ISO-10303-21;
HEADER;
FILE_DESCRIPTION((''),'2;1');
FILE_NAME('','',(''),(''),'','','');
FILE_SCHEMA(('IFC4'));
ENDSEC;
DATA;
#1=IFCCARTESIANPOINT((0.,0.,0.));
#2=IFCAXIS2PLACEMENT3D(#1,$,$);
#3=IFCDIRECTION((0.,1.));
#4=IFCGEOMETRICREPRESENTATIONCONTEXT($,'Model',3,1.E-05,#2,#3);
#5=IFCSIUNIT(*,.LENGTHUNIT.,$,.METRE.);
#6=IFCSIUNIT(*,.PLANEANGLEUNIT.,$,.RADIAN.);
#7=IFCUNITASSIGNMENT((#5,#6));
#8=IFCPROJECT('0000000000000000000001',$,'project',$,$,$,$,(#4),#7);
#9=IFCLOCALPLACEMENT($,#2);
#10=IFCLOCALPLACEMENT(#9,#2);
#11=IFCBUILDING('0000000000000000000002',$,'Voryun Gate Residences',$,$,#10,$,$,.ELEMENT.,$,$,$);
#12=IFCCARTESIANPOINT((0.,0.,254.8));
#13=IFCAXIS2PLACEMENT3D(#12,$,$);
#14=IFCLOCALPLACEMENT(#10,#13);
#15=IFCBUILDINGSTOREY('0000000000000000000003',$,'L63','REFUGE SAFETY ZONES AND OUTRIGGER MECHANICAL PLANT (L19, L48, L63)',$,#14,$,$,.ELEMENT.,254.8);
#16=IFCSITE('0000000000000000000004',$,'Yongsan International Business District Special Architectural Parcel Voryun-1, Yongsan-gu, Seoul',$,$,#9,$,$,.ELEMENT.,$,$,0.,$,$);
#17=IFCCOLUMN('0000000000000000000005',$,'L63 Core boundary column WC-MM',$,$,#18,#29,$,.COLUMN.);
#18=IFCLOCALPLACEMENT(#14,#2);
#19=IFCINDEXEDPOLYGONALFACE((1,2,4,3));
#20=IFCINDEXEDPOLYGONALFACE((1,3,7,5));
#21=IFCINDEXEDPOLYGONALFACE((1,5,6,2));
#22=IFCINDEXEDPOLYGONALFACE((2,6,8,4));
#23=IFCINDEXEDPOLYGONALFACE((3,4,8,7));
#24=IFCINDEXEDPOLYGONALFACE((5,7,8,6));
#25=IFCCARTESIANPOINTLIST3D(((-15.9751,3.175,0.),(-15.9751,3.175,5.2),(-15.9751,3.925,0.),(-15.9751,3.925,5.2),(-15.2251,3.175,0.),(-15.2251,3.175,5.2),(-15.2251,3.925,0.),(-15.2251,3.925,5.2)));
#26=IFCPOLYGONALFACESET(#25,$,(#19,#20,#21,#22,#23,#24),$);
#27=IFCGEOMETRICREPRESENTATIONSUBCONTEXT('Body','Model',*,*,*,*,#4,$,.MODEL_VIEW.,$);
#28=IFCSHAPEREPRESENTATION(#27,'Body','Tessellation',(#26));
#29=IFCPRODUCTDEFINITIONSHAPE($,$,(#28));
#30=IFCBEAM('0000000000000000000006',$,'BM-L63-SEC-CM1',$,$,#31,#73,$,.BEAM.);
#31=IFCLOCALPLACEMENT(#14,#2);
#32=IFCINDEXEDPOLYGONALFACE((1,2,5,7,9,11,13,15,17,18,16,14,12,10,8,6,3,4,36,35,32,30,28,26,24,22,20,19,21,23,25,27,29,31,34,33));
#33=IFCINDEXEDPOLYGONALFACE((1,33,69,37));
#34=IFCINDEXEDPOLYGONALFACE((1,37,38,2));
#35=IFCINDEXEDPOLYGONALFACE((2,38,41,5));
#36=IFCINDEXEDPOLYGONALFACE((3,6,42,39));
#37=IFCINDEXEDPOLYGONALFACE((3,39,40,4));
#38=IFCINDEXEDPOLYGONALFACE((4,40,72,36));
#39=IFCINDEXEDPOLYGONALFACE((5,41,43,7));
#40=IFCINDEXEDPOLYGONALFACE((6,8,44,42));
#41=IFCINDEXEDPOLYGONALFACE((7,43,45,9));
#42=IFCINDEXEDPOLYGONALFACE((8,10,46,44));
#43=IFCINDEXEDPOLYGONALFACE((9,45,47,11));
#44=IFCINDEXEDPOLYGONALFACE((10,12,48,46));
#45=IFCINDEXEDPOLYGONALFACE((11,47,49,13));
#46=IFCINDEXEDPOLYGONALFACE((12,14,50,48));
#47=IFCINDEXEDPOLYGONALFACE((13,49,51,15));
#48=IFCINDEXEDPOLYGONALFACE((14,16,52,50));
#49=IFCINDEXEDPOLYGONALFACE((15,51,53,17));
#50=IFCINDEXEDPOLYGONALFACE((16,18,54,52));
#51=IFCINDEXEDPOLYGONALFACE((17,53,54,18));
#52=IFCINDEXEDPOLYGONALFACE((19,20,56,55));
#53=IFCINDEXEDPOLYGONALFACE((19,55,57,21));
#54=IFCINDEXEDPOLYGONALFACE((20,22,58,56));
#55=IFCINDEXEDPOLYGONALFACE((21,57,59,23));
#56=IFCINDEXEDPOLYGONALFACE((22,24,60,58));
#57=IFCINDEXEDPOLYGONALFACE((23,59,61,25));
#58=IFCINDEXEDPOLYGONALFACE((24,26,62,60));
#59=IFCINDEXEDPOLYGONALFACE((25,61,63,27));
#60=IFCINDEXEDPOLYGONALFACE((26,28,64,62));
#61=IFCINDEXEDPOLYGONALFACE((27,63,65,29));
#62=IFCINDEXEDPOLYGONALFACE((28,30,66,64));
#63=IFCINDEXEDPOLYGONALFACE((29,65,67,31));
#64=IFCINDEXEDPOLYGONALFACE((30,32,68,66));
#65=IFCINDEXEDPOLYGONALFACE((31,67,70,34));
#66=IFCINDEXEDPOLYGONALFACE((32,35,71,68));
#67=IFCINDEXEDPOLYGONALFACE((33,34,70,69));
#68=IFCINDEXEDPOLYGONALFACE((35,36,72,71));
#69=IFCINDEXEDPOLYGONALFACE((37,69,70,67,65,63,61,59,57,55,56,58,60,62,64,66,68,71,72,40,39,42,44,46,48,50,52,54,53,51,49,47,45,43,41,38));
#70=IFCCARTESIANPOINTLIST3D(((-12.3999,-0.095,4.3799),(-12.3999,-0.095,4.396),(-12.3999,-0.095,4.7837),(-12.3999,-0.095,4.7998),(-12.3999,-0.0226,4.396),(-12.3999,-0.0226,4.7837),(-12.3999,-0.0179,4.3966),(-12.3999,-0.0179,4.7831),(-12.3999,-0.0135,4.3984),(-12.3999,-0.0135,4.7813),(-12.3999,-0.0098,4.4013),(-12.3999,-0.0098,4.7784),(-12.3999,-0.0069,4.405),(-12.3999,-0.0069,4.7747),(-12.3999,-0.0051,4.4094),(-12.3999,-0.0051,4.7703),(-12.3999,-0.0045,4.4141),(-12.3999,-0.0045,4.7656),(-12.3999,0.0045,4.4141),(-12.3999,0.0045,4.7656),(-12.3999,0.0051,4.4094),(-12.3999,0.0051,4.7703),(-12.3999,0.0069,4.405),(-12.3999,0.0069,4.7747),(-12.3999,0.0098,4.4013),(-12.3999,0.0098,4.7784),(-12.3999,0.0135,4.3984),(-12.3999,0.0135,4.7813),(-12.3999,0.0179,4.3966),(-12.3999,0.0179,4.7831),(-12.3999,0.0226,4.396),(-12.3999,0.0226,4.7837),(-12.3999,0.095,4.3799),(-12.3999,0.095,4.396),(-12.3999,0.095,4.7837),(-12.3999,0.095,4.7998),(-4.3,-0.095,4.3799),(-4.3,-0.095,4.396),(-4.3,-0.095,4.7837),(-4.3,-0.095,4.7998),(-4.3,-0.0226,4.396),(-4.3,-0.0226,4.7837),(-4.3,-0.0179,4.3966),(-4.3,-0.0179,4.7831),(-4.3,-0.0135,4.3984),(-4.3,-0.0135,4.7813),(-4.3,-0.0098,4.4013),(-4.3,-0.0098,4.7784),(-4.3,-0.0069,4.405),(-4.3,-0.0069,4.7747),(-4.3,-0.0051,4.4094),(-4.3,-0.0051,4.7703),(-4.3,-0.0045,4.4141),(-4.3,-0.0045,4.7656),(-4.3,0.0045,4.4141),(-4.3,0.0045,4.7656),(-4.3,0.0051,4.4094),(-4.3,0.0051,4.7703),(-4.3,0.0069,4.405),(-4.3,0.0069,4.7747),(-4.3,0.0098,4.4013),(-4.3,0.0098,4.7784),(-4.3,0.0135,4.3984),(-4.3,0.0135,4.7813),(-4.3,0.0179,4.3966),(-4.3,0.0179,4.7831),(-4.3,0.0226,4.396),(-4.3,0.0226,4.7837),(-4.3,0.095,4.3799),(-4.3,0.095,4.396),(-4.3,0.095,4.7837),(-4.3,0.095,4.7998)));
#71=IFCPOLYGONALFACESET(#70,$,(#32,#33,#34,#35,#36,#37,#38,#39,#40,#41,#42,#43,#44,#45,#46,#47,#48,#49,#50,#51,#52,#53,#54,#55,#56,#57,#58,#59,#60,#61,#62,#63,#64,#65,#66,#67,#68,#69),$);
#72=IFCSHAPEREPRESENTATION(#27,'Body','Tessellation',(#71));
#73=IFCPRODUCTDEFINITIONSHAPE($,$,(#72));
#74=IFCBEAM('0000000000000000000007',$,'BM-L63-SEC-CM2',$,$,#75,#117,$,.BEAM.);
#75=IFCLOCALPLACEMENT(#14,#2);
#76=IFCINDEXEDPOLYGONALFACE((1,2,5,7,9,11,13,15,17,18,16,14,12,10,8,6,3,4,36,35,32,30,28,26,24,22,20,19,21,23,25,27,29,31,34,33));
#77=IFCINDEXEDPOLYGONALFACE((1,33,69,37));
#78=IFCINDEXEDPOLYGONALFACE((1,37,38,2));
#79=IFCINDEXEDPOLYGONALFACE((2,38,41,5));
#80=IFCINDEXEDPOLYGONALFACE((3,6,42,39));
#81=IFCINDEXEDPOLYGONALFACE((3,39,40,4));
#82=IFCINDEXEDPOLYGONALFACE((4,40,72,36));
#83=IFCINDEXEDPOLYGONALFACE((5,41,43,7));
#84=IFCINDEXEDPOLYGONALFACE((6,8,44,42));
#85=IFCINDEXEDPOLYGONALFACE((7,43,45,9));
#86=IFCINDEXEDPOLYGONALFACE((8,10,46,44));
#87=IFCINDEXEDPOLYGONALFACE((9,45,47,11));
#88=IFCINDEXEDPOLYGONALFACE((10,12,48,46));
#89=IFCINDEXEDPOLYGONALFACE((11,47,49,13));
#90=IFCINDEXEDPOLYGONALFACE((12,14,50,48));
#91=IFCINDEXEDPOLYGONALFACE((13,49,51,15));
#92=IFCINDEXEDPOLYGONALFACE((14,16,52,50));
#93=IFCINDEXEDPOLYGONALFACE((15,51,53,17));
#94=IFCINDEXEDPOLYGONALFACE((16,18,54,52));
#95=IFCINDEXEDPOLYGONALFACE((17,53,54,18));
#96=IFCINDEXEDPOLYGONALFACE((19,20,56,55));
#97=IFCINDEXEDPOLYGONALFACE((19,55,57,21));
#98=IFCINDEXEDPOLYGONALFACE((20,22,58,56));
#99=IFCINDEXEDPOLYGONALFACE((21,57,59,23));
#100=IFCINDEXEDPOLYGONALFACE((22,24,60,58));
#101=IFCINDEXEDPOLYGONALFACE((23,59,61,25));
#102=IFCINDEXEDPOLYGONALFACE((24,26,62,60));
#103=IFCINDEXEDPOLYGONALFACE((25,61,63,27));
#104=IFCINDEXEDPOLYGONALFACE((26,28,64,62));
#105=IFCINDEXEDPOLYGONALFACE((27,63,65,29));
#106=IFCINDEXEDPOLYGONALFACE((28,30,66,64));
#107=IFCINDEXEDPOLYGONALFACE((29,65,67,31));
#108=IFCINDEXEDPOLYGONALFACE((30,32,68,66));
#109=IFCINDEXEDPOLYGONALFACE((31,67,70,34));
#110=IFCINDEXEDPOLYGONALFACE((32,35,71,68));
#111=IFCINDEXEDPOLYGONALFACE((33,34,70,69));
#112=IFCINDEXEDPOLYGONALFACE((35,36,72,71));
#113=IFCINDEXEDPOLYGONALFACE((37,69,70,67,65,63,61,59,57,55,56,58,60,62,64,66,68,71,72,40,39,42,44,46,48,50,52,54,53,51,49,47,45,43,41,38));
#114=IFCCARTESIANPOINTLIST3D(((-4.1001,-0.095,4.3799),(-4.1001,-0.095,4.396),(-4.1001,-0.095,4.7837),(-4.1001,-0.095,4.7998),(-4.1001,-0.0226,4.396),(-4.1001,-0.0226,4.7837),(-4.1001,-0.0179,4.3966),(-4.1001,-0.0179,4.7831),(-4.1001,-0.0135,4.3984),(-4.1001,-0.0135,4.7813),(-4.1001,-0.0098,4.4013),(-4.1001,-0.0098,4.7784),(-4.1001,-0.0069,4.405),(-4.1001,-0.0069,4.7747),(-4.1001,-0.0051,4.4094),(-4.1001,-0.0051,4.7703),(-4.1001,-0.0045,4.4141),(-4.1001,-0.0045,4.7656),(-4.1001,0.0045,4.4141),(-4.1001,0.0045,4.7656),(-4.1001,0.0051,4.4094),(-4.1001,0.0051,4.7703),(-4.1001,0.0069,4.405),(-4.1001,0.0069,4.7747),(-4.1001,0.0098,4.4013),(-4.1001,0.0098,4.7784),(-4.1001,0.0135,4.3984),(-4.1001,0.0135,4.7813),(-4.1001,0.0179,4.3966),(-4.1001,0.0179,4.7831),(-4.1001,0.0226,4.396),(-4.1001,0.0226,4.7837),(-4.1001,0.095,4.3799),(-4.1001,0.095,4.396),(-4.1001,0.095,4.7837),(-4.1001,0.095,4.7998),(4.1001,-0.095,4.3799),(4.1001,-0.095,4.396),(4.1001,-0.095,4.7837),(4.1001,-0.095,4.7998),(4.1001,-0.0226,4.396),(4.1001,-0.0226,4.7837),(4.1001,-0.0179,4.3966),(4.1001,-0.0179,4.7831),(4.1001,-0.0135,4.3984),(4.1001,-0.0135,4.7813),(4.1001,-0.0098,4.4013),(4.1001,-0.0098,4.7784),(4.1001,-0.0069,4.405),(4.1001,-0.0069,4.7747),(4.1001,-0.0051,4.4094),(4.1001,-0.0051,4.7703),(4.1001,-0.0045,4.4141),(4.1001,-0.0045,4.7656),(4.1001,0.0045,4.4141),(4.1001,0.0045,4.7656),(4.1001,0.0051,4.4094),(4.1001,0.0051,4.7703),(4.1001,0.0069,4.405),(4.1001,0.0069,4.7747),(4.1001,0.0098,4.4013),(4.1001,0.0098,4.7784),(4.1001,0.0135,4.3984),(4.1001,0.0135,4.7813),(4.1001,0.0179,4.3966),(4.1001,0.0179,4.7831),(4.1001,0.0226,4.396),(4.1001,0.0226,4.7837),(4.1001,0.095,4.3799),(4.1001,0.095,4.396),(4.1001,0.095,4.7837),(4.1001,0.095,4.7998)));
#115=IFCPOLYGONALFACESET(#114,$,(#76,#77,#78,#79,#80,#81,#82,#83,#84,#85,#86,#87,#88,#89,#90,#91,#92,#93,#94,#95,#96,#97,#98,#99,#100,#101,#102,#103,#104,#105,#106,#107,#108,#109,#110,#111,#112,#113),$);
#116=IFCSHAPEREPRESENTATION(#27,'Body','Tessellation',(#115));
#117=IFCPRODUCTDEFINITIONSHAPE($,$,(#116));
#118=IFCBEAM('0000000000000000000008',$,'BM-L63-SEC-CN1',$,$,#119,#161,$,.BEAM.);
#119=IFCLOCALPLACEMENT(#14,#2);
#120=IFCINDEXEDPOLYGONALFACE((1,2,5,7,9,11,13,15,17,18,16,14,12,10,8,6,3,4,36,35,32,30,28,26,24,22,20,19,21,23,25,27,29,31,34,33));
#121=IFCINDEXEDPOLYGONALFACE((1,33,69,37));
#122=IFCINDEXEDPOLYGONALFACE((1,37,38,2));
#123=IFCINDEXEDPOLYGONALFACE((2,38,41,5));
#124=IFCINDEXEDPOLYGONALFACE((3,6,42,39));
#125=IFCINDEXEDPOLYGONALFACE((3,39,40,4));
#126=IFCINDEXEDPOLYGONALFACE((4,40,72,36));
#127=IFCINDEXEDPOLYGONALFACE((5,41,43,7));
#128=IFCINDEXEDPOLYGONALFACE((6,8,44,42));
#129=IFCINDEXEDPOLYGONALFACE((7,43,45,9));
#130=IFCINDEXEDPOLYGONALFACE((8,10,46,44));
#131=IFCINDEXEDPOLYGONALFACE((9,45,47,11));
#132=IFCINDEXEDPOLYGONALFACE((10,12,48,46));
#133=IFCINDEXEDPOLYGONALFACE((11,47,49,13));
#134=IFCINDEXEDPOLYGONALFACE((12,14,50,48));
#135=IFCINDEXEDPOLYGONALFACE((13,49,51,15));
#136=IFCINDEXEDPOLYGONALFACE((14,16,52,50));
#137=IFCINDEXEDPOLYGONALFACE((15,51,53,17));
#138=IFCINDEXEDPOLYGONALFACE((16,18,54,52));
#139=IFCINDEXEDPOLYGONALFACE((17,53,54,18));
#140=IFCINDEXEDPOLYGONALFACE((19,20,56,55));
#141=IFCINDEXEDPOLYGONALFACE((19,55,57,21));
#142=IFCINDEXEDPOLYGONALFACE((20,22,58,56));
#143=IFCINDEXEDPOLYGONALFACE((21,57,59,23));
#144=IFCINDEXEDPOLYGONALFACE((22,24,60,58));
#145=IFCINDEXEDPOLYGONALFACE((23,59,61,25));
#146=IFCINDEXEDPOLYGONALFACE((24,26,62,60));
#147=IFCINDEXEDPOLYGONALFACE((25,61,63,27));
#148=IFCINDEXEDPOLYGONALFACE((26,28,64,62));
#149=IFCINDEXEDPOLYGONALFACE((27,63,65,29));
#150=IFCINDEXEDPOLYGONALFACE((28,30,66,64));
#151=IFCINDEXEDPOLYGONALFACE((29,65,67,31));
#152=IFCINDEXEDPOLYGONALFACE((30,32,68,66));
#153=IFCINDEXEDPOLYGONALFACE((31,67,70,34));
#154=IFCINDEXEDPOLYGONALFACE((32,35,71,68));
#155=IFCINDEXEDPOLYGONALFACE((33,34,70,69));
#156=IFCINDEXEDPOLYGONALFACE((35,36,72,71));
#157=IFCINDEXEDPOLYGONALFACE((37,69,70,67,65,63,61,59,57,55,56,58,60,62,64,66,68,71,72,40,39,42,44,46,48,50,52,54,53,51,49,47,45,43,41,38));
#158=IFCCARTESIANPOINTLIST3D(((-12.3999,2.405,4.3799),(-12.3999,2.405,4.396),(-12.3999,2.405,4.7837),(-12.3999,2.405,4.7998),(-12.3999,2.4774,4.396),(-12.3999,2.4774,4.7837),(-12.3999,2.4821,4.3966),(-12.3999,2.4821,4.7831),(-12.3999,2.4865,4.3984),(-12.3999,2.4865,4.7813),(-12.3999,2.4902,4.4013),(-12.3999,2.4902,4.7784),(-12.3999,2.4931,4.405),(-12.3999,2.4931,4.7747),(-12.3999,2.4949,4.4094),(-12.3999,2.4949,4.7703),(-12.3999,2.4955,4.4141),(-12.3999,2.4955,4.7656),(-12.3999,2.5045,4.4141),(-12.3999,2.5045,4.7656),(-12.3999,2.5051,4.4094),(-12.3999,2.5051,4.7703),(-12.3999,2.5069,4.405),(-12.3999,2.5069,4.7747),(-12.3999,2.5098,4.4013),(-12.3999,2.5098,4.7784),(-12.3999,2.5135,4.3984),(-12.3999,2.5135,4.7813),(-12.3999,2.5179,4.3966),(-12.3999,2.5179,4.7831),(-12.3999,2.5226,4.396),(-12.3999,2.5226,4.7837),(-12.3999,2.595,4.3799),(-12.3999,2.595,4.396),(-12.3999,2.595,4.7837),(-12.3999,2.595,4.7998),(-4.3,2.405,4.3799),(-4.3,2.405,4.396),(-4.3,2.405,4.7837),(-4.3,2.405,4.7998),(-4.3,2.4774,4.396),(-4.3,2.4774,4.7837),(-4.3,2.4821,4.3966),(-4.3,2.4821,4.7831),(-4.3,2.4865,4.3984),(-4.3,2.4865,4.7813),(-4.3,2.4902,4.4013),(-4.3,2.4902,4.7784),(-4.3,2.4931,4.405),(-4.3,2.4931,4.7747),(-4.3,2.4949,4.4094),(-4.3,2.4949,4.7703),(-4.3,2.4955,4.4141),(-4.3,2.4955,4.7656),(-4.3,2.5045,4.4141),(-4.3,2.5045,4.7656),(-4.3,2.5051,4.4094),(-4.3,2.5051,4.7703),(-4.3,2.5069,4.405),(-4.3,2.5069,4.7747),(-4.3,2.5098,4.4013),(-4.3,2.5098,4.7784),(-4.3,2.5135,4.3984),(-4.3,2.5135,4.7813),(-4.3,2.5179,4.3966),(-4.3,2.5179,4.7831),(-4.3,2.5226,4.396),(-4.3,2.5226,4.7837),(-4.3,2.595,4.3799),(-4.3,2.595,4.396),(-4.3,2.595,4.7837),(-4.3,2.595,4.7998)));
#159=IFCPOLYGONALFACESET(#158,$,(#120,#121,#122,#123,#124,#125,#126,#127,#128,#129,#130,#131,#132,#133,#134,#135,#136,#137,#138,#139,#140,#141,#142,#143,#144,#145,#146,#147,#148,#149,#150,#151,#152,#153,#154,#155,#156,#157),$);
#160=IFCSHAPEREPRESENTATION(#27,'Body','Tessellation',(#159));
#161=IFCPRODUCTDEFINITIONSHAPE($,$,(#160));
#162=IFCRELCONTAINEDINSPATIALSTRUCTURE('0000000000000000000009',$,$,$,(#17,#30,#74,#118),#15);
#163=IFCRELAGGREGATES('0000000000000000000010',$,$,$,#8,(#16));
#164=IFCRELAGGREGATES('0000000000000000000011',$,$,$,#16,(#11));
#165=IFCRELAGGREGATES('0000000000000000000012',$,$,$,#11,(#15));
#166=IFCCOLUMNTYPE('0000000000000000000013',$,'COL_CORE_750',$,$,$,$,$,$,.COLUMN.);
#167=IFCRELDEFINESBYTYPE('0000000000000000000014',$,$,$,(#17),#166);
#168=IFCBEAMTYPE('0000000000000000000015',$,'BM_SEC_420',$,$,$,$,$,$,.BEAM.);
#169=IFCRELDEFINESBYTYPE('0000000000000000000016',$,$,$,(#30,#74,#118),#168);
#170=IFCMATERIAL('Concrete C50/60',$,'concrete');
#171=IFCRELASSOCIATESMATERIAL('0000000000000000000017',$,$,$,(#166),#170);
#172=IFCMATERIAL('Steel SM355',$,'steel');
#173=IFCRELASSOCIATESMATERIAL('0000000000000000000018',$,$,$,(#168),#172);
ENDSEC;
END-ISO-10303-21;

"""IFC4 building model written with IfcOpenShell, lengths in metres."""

from ifc_helpers import new_model, si_unit, direction, frame, origin, origin_2d, place, context, subcontext, project, spatial, rectangle, i_section, extrude, material, material_profile, profile_set, type_object, element, save


model = new_model("IFC4")

# Units and contexts
model_context = context("Model", 3, precision=1e-05, world=origin(), true_north=direction((0.0, 1.0)))
body_context = subcontext(model_context, "Body", "Model", "MODEL_VIEW")
ifc_project = project(units=[si_unit("LENGTHUNIT", "METRE"), si_unit("PLANEANGLEUNIT", "RADIAN")], contexts=[model_context])

# Site, building, storey
site_placement = place(None, origin())
site = spatial("IfcSite", under=ifc_project, at=site_placement, Name="Yongsan International Business District Special Architectural Parcel Voryun-1, Yongsan-gu, Seoul", CompositionType="ELEMENT", RefElevation=0.0)
building_placement = place(site_placement, origin())
building = spatial("IfcBuilding", under=site, at=building_placement, Name="Voryun Gate Residences", CompositionType="ELEMENT")
storey_placement = place(building_placement, frame((0.0, 0.0, 254.8)))
storey = spatial("IfcBuildingStorey", under=building, at=storey_placement, Name="L63", Description="REFUGE SAFETY ZONES AND OUTRIGGER MECHANICAL PLANT (L19, L48, L63)", CompositionType="ELEMENT", Elevation=254.8)

# Column
ifc_material_1 = material(Name="Concrete C50/60", Category="concrete")
ifc_material_profile_1 = material_profile(ifc_material_1, rectangle(XDim=0.75, YDim=0.75, at=origin_2d()), Name="RC-750x750")
ifc_profile_set_1 = profile_set([ifc_material_profile_1], Name="Concrete C50/60")
column_type = type_object("IfcColumnType", Name="COL_CORE_750", PredefinedType="COLUMN", material=ifc_profile_set_1)
column_placement = place(storey_placement, frame((-15.6001, 3.55, 0.0), z_axis=(0.0, 0.0, 1.0), x_axis=(1.0, 0.0, 0.0)))
element("IfcColumn", 1, at=column_placement, inside=storey, type_object=column_type, Name="L63 Core boundary column WC-MM", PredefinedType="COLUMN", context=body_context, shape_type="SweptSolid", body=[
    extrude(rectangle(XDim=0.75, YDim=0.75, at=origin_2d()), origin(), (0.0, 0.0, 1.0), 5.2),
])

# Beams
ifc_material_2 = material(Name="Steel SM355", Category="steel")
ifc_material_profile_2 = material_profile(ifc_material_2, i_section(OverallWidth=0.1899, OverallDepth=0.4199, WebThickness=0.009, FlangeThickness=0.0161, FilletRadius=0.0181, at=origin_2d()), Name="H-420x190x9x16")
ifc_profile_set_2 = profile_set([ifc_material_profile_2], Name="Steel SM355")
beam_type = type_object("IfcBeamType", Name="BM_SEC_420", PredefinedType="BEAM", material=ifc_profile_set_2)
beam_1_placement = place(storey_placement, frame((-12.3999, 0.0, 4.5898), z_axis=(1.0, 0.0, 0.0), x_axis=(0.0, 1.0, 0.0)))
element("IfcBeam", 2, at=beam_1_placement, inside=storey, type_object=beam_type, Name="BM-L63-SEC-CM1", PredefinedType="BEAM", context=body_context, shape_type="SweptSolid", body=[
    extrude(i_section(OverallWidth=0.1899, OverallDepth=0.4199, WebThickness=0.009, FlangeThickness=0.0161, FilletRadius=0.0181, at=origin_2d()), origin(), (0.0, 0.0, 1.0), 8.0999),
])
beam_2_placement = place(storey_placement, frame((-4.1001, 0.0, 4.5898), z_axis=(1.0, 0.0, 0.0), x_axis=(0.0, 1.0, 0.0)))
element("IfcBeam", 3, at=beam_2_placement, inside=storey, type_object=beam_type, Name="BM-L63-SEC-CM2", PredefinedType="BEAM", context=body_context, shape_type="SweptSolid", body=[
    extrude(i_section(OverallWidth=0.1899, OverallDepth=0.4199, WebThickness=0.009, FlangeThickness=0.0161, FilletRadius=0.0181, at=origin_2d()), origin(), (0.0, 0.0, 1.0), 8.2002),
])
beam_3_placement = place(storey_placement, frame((-12.3999, 2.5, 4.5898), z_axis=(1.0, 0.0, 0.0), x_axis=(0.0, 1.0, 0.0)))
element("IfcBeam", 4, at=beam_3_placement, inside=storey, type_object=beam_type, Name="BM-L63-SEC-CN1", PredefinedType="BEAM", context=body_context, shape_type="SweptSolid", body=[
    extrude(i_section(OverallWidth=0.1899, OverallDepth=0.4199, WebThickness=0.009, FlangeThickness=0.0161, FilletRadius=0.0181, at=origin_2d()), origin(), (0.0, 0.0, 1.0), 8.0999),
])

save(model, "model.ifc")
